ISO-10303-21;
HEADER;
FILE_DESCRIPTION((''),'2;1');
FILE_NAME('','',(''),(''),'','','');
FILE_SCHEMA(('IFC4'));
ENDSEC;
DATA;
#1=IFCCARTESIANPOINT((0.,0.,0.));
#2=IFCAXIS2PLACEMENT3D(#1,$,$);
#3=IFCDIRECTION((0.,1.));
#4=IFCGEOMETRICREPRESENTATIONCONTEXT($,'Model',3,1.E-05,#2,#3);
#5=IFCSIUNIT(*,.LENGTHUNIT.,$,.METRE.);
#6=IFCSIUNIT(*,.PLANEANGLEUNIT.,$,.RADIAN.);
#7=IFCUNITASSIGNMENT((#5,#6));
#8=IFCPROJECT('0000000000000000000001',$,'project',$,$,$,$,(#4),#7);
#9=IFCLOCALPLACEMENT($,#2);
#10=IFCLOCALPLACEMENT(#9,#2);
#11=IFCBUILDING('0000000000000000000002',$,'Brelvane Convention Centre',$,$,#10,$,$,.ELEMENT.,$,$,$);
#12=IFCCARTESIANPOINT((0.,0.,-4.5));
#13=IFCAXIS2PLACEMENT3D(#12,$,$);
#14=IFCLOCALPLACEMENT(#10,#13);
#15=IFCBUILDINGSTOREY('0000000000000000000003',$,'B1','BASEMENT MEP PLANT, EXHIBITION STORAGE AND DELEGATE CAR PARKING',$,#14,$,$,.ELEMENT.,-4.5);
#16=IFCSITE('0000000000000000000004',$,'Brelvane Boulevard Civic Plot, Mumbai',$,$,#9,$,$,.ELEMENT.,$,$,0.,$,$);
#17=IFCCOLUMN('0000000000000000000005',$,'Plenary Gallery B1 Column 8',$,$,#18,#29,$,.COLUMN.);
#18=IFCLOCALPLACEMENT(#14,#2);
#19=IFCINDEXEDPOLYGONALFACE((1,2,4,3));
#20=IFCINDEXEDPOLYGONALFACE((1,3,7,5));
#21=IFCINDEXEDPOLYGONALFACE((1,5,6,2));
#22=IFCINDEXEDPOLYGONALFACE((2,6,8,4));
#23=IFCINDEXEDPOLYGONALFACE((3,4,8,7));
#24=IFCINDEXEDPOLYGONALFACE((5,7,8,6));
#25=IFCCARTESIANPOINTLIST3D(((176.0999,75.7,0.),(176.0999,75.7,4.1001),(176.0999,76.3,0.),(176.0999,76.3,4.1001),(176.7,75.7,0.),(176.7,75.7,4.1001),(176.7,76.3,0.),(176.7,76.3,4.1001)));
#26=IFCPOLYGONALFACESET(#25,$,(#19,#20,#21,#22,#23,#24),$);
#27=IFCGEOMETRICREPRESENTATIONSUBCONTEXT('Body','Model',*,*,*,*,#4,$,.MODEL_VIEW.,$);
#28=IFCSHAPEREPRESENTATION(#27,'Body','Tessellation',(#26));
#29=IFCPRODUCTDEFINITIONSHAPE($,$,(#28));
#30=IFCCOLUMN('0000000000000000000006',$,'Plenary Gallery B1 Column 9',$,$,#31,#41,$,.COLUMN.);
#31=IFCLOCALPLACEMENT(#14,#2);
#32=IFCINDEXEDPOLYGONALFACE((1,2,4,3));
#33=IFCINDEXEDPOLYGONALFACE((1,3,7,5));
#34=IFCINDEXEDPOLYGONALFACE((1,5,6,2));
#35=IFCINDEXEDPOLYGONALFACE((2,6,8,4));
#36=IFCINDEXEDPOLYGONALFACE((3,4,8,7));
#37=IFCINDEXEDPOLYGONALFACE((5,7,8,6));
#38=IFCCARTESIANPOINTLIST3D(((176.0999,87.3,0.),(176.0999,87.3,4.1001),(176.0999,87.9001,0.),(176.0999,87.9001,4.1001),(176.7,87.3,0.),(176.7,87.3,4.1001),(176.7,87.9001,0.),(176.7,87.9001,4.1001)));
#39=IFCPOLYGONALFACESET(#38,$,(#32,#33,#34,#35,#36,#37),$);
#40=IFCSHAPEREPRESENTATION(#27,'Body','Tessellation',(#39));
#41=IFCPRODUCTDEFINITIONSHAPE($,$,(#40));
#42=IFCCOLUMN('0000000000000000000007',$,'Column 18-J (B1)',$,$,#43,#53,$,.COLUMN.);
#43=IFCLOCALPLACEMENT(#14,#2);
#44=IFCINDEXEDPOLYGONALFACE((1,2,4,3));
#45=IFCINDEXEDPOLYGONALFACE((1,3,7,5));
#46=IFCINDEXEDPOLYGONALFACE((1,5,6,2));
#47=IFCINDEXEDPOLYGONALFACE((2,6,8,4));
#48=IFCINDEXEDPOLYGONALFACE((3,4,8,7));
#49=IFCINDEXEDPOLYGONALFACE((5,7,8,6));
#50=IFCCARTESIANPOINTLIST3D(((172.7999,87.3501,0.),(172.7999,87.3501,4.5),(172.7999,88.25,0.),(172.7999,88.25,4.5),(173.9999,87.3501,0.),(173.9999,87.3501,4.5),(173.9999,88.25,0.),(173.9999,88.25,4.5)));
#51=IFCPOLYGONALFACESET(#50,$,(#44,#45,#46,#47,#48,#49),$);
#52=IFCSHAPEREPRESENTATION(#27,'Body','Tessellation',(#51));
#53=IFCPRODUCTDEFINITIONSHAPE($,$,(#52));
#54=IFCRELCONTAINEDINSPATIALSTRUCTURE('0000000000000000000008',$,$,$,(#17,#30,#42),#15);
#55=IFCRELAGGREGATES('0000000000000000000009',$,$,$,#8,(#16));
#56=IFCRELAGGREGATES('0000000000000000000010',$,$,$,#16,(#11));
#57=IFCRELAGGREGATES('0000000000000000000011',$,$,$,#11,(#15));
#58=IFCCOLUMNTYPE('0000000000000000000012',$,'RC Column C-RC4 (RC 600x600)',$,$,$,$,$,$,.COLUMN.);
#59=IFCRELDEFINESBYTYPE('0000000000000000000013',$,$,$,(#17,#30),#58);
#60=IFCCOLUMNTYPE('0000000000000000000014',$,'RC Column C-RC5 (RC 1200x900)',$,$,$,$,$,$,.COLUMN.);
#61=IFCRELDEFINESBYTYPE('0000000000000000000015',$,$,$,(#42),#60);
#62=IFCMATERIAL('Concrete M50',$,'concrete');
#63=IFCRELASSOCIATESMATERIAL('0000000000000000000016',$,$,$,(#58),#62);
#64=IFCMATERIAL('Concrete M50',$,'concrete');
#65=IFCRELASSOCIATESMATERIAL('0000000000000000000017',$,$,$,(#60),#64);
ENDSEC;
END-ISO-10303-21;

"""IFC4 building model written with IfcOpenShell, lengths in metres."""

from ifc_helpers import new_model, si_unit, direction, frame, origin, origin_2d, place, context, subcontext, project, spatial, rectangle, extrude, material, material_profile, profile_set, type_object, element, save


model = new_model("IFC4")

# Units and contexts
model_context = context("Model", 3, precision=1e-05, world=origin(), true_north=direction((0.0, 1.0)))
body_context = subcontext(model_context, "Body", "Model", "MODEL_VIEW")
ifc_project = project(units=[si_unit("LENGTHUNIT", "METRE"), si_unit("PLANEANGLEUNIT", "RADIAN")], contexts=[model_context])

# Site, building, storey
site_placement = place(None, origin())
site = spatial("IfcSite", under=ifc_project, at=site_placement, Name="Brelvane Boulevard Civic Plot, Mumbai", CompositionType="ELEMENT", RefElevation=0.0)
building_placement = place(site_placement, origin())
building = spatial("IfcBuilding", under=site, at=building_placement, Name="Brelvane Convention Centre", CompositionType="ELEMENT")
storey_placement = place(building_placement, frame((0.0, 0.0, -4.5)))
storey = spatial("IfcBuildingStorey", under=building, at=storey_placement, Name="B1", Description="BASEMENT MEP PLANT, EXHIBITION STORAGE AND DELEGATE CAR PARKING", CompositionType="ELEMENT", Elevation=-4.5)

# Columns
ifc_material_1 = material(Name="Concrete M50", Category="concrete")
ifc_material_profile_1 = material_profile(ifc_material_1, rectangle(XDim=0.6001, YDim=0.6001, at=origin_2d()), Name="RC 600x600")
ifc_profile_set_1 = profile_set([ifc_material_profile_1], Name="Concrete M50")
column_type_1 = type_object("IfcColumnType", Name="RC Column C-RC4 (RC 600x600)", PredefinedType="COLUMN", material=ifc_profile_set_1)
for number, where, z_axis, x_axis, name in (
    (1, (176.3999, 76.0, 0.0), (0.0, 0.0, 1.0), (1.0, 0.0, 0.0), "Plenary Gallery B1 Column 8"),
    (2, (176.3999, 87.6001, 0.0), (0.0, 0.0, 1.0), (1.0, 0.0, 0.0), "Plenary Gallery B1 Column 9"),
):
    element("IfcColumn", number, at=place(storey_placement, frame(where, z_axis=z_axis, x_axis=x_axis)), inside=storey, type_object=column_type_1, Name=name, PredefinedType="COLUMN", context=body_context, shape_type="SweptSolid", body=[
        extrude(rectangle(XDim=0.6001, YDim=0.6001, at=origin_2d()), origin(), (0.0, 0.0, 1.0), 4.1001),
    ])
ifc_material_2 = material(Name="Concrete M50", Category="concrete")
ifc_material_profile_2 = material_profile(ifc_material_2, rectangle(XDim=1.2, YDim=0.8999, at=origin_2d()), Name="RC 1200x900")
ifc_profile_set_2 = profile_set([ifc_material_profile_2], Name="Concrete M50")
column_type_2 = type_object("IfcColumnType", Name="RC Column C-RC5 (RC 1200x900)", PredefinedType="COLUMN", material=ifc_profile_set_2)
column_1_placement = place(storey_placement, frame((173.3999, 87.8, 0.0), z_axis=(0.0, 0.0, 1.0), x_axis=(1.0, 0.0, 0.0)))
element("IfcColumn", 3, at=column_1_placement, inside=storey, type_object=column_type_2, Name="Column 18-J (B1)", PredefinedType="COLUMN", context=body_context, shape_type="SweptSolid", body=[
    extrude(rectangle(XDim=1.2, YDim=0.8999, at=origin_2d()), origin(), (0.0, 0.0, 1.0), 4.5),
])

save(model, "model.ifc")
